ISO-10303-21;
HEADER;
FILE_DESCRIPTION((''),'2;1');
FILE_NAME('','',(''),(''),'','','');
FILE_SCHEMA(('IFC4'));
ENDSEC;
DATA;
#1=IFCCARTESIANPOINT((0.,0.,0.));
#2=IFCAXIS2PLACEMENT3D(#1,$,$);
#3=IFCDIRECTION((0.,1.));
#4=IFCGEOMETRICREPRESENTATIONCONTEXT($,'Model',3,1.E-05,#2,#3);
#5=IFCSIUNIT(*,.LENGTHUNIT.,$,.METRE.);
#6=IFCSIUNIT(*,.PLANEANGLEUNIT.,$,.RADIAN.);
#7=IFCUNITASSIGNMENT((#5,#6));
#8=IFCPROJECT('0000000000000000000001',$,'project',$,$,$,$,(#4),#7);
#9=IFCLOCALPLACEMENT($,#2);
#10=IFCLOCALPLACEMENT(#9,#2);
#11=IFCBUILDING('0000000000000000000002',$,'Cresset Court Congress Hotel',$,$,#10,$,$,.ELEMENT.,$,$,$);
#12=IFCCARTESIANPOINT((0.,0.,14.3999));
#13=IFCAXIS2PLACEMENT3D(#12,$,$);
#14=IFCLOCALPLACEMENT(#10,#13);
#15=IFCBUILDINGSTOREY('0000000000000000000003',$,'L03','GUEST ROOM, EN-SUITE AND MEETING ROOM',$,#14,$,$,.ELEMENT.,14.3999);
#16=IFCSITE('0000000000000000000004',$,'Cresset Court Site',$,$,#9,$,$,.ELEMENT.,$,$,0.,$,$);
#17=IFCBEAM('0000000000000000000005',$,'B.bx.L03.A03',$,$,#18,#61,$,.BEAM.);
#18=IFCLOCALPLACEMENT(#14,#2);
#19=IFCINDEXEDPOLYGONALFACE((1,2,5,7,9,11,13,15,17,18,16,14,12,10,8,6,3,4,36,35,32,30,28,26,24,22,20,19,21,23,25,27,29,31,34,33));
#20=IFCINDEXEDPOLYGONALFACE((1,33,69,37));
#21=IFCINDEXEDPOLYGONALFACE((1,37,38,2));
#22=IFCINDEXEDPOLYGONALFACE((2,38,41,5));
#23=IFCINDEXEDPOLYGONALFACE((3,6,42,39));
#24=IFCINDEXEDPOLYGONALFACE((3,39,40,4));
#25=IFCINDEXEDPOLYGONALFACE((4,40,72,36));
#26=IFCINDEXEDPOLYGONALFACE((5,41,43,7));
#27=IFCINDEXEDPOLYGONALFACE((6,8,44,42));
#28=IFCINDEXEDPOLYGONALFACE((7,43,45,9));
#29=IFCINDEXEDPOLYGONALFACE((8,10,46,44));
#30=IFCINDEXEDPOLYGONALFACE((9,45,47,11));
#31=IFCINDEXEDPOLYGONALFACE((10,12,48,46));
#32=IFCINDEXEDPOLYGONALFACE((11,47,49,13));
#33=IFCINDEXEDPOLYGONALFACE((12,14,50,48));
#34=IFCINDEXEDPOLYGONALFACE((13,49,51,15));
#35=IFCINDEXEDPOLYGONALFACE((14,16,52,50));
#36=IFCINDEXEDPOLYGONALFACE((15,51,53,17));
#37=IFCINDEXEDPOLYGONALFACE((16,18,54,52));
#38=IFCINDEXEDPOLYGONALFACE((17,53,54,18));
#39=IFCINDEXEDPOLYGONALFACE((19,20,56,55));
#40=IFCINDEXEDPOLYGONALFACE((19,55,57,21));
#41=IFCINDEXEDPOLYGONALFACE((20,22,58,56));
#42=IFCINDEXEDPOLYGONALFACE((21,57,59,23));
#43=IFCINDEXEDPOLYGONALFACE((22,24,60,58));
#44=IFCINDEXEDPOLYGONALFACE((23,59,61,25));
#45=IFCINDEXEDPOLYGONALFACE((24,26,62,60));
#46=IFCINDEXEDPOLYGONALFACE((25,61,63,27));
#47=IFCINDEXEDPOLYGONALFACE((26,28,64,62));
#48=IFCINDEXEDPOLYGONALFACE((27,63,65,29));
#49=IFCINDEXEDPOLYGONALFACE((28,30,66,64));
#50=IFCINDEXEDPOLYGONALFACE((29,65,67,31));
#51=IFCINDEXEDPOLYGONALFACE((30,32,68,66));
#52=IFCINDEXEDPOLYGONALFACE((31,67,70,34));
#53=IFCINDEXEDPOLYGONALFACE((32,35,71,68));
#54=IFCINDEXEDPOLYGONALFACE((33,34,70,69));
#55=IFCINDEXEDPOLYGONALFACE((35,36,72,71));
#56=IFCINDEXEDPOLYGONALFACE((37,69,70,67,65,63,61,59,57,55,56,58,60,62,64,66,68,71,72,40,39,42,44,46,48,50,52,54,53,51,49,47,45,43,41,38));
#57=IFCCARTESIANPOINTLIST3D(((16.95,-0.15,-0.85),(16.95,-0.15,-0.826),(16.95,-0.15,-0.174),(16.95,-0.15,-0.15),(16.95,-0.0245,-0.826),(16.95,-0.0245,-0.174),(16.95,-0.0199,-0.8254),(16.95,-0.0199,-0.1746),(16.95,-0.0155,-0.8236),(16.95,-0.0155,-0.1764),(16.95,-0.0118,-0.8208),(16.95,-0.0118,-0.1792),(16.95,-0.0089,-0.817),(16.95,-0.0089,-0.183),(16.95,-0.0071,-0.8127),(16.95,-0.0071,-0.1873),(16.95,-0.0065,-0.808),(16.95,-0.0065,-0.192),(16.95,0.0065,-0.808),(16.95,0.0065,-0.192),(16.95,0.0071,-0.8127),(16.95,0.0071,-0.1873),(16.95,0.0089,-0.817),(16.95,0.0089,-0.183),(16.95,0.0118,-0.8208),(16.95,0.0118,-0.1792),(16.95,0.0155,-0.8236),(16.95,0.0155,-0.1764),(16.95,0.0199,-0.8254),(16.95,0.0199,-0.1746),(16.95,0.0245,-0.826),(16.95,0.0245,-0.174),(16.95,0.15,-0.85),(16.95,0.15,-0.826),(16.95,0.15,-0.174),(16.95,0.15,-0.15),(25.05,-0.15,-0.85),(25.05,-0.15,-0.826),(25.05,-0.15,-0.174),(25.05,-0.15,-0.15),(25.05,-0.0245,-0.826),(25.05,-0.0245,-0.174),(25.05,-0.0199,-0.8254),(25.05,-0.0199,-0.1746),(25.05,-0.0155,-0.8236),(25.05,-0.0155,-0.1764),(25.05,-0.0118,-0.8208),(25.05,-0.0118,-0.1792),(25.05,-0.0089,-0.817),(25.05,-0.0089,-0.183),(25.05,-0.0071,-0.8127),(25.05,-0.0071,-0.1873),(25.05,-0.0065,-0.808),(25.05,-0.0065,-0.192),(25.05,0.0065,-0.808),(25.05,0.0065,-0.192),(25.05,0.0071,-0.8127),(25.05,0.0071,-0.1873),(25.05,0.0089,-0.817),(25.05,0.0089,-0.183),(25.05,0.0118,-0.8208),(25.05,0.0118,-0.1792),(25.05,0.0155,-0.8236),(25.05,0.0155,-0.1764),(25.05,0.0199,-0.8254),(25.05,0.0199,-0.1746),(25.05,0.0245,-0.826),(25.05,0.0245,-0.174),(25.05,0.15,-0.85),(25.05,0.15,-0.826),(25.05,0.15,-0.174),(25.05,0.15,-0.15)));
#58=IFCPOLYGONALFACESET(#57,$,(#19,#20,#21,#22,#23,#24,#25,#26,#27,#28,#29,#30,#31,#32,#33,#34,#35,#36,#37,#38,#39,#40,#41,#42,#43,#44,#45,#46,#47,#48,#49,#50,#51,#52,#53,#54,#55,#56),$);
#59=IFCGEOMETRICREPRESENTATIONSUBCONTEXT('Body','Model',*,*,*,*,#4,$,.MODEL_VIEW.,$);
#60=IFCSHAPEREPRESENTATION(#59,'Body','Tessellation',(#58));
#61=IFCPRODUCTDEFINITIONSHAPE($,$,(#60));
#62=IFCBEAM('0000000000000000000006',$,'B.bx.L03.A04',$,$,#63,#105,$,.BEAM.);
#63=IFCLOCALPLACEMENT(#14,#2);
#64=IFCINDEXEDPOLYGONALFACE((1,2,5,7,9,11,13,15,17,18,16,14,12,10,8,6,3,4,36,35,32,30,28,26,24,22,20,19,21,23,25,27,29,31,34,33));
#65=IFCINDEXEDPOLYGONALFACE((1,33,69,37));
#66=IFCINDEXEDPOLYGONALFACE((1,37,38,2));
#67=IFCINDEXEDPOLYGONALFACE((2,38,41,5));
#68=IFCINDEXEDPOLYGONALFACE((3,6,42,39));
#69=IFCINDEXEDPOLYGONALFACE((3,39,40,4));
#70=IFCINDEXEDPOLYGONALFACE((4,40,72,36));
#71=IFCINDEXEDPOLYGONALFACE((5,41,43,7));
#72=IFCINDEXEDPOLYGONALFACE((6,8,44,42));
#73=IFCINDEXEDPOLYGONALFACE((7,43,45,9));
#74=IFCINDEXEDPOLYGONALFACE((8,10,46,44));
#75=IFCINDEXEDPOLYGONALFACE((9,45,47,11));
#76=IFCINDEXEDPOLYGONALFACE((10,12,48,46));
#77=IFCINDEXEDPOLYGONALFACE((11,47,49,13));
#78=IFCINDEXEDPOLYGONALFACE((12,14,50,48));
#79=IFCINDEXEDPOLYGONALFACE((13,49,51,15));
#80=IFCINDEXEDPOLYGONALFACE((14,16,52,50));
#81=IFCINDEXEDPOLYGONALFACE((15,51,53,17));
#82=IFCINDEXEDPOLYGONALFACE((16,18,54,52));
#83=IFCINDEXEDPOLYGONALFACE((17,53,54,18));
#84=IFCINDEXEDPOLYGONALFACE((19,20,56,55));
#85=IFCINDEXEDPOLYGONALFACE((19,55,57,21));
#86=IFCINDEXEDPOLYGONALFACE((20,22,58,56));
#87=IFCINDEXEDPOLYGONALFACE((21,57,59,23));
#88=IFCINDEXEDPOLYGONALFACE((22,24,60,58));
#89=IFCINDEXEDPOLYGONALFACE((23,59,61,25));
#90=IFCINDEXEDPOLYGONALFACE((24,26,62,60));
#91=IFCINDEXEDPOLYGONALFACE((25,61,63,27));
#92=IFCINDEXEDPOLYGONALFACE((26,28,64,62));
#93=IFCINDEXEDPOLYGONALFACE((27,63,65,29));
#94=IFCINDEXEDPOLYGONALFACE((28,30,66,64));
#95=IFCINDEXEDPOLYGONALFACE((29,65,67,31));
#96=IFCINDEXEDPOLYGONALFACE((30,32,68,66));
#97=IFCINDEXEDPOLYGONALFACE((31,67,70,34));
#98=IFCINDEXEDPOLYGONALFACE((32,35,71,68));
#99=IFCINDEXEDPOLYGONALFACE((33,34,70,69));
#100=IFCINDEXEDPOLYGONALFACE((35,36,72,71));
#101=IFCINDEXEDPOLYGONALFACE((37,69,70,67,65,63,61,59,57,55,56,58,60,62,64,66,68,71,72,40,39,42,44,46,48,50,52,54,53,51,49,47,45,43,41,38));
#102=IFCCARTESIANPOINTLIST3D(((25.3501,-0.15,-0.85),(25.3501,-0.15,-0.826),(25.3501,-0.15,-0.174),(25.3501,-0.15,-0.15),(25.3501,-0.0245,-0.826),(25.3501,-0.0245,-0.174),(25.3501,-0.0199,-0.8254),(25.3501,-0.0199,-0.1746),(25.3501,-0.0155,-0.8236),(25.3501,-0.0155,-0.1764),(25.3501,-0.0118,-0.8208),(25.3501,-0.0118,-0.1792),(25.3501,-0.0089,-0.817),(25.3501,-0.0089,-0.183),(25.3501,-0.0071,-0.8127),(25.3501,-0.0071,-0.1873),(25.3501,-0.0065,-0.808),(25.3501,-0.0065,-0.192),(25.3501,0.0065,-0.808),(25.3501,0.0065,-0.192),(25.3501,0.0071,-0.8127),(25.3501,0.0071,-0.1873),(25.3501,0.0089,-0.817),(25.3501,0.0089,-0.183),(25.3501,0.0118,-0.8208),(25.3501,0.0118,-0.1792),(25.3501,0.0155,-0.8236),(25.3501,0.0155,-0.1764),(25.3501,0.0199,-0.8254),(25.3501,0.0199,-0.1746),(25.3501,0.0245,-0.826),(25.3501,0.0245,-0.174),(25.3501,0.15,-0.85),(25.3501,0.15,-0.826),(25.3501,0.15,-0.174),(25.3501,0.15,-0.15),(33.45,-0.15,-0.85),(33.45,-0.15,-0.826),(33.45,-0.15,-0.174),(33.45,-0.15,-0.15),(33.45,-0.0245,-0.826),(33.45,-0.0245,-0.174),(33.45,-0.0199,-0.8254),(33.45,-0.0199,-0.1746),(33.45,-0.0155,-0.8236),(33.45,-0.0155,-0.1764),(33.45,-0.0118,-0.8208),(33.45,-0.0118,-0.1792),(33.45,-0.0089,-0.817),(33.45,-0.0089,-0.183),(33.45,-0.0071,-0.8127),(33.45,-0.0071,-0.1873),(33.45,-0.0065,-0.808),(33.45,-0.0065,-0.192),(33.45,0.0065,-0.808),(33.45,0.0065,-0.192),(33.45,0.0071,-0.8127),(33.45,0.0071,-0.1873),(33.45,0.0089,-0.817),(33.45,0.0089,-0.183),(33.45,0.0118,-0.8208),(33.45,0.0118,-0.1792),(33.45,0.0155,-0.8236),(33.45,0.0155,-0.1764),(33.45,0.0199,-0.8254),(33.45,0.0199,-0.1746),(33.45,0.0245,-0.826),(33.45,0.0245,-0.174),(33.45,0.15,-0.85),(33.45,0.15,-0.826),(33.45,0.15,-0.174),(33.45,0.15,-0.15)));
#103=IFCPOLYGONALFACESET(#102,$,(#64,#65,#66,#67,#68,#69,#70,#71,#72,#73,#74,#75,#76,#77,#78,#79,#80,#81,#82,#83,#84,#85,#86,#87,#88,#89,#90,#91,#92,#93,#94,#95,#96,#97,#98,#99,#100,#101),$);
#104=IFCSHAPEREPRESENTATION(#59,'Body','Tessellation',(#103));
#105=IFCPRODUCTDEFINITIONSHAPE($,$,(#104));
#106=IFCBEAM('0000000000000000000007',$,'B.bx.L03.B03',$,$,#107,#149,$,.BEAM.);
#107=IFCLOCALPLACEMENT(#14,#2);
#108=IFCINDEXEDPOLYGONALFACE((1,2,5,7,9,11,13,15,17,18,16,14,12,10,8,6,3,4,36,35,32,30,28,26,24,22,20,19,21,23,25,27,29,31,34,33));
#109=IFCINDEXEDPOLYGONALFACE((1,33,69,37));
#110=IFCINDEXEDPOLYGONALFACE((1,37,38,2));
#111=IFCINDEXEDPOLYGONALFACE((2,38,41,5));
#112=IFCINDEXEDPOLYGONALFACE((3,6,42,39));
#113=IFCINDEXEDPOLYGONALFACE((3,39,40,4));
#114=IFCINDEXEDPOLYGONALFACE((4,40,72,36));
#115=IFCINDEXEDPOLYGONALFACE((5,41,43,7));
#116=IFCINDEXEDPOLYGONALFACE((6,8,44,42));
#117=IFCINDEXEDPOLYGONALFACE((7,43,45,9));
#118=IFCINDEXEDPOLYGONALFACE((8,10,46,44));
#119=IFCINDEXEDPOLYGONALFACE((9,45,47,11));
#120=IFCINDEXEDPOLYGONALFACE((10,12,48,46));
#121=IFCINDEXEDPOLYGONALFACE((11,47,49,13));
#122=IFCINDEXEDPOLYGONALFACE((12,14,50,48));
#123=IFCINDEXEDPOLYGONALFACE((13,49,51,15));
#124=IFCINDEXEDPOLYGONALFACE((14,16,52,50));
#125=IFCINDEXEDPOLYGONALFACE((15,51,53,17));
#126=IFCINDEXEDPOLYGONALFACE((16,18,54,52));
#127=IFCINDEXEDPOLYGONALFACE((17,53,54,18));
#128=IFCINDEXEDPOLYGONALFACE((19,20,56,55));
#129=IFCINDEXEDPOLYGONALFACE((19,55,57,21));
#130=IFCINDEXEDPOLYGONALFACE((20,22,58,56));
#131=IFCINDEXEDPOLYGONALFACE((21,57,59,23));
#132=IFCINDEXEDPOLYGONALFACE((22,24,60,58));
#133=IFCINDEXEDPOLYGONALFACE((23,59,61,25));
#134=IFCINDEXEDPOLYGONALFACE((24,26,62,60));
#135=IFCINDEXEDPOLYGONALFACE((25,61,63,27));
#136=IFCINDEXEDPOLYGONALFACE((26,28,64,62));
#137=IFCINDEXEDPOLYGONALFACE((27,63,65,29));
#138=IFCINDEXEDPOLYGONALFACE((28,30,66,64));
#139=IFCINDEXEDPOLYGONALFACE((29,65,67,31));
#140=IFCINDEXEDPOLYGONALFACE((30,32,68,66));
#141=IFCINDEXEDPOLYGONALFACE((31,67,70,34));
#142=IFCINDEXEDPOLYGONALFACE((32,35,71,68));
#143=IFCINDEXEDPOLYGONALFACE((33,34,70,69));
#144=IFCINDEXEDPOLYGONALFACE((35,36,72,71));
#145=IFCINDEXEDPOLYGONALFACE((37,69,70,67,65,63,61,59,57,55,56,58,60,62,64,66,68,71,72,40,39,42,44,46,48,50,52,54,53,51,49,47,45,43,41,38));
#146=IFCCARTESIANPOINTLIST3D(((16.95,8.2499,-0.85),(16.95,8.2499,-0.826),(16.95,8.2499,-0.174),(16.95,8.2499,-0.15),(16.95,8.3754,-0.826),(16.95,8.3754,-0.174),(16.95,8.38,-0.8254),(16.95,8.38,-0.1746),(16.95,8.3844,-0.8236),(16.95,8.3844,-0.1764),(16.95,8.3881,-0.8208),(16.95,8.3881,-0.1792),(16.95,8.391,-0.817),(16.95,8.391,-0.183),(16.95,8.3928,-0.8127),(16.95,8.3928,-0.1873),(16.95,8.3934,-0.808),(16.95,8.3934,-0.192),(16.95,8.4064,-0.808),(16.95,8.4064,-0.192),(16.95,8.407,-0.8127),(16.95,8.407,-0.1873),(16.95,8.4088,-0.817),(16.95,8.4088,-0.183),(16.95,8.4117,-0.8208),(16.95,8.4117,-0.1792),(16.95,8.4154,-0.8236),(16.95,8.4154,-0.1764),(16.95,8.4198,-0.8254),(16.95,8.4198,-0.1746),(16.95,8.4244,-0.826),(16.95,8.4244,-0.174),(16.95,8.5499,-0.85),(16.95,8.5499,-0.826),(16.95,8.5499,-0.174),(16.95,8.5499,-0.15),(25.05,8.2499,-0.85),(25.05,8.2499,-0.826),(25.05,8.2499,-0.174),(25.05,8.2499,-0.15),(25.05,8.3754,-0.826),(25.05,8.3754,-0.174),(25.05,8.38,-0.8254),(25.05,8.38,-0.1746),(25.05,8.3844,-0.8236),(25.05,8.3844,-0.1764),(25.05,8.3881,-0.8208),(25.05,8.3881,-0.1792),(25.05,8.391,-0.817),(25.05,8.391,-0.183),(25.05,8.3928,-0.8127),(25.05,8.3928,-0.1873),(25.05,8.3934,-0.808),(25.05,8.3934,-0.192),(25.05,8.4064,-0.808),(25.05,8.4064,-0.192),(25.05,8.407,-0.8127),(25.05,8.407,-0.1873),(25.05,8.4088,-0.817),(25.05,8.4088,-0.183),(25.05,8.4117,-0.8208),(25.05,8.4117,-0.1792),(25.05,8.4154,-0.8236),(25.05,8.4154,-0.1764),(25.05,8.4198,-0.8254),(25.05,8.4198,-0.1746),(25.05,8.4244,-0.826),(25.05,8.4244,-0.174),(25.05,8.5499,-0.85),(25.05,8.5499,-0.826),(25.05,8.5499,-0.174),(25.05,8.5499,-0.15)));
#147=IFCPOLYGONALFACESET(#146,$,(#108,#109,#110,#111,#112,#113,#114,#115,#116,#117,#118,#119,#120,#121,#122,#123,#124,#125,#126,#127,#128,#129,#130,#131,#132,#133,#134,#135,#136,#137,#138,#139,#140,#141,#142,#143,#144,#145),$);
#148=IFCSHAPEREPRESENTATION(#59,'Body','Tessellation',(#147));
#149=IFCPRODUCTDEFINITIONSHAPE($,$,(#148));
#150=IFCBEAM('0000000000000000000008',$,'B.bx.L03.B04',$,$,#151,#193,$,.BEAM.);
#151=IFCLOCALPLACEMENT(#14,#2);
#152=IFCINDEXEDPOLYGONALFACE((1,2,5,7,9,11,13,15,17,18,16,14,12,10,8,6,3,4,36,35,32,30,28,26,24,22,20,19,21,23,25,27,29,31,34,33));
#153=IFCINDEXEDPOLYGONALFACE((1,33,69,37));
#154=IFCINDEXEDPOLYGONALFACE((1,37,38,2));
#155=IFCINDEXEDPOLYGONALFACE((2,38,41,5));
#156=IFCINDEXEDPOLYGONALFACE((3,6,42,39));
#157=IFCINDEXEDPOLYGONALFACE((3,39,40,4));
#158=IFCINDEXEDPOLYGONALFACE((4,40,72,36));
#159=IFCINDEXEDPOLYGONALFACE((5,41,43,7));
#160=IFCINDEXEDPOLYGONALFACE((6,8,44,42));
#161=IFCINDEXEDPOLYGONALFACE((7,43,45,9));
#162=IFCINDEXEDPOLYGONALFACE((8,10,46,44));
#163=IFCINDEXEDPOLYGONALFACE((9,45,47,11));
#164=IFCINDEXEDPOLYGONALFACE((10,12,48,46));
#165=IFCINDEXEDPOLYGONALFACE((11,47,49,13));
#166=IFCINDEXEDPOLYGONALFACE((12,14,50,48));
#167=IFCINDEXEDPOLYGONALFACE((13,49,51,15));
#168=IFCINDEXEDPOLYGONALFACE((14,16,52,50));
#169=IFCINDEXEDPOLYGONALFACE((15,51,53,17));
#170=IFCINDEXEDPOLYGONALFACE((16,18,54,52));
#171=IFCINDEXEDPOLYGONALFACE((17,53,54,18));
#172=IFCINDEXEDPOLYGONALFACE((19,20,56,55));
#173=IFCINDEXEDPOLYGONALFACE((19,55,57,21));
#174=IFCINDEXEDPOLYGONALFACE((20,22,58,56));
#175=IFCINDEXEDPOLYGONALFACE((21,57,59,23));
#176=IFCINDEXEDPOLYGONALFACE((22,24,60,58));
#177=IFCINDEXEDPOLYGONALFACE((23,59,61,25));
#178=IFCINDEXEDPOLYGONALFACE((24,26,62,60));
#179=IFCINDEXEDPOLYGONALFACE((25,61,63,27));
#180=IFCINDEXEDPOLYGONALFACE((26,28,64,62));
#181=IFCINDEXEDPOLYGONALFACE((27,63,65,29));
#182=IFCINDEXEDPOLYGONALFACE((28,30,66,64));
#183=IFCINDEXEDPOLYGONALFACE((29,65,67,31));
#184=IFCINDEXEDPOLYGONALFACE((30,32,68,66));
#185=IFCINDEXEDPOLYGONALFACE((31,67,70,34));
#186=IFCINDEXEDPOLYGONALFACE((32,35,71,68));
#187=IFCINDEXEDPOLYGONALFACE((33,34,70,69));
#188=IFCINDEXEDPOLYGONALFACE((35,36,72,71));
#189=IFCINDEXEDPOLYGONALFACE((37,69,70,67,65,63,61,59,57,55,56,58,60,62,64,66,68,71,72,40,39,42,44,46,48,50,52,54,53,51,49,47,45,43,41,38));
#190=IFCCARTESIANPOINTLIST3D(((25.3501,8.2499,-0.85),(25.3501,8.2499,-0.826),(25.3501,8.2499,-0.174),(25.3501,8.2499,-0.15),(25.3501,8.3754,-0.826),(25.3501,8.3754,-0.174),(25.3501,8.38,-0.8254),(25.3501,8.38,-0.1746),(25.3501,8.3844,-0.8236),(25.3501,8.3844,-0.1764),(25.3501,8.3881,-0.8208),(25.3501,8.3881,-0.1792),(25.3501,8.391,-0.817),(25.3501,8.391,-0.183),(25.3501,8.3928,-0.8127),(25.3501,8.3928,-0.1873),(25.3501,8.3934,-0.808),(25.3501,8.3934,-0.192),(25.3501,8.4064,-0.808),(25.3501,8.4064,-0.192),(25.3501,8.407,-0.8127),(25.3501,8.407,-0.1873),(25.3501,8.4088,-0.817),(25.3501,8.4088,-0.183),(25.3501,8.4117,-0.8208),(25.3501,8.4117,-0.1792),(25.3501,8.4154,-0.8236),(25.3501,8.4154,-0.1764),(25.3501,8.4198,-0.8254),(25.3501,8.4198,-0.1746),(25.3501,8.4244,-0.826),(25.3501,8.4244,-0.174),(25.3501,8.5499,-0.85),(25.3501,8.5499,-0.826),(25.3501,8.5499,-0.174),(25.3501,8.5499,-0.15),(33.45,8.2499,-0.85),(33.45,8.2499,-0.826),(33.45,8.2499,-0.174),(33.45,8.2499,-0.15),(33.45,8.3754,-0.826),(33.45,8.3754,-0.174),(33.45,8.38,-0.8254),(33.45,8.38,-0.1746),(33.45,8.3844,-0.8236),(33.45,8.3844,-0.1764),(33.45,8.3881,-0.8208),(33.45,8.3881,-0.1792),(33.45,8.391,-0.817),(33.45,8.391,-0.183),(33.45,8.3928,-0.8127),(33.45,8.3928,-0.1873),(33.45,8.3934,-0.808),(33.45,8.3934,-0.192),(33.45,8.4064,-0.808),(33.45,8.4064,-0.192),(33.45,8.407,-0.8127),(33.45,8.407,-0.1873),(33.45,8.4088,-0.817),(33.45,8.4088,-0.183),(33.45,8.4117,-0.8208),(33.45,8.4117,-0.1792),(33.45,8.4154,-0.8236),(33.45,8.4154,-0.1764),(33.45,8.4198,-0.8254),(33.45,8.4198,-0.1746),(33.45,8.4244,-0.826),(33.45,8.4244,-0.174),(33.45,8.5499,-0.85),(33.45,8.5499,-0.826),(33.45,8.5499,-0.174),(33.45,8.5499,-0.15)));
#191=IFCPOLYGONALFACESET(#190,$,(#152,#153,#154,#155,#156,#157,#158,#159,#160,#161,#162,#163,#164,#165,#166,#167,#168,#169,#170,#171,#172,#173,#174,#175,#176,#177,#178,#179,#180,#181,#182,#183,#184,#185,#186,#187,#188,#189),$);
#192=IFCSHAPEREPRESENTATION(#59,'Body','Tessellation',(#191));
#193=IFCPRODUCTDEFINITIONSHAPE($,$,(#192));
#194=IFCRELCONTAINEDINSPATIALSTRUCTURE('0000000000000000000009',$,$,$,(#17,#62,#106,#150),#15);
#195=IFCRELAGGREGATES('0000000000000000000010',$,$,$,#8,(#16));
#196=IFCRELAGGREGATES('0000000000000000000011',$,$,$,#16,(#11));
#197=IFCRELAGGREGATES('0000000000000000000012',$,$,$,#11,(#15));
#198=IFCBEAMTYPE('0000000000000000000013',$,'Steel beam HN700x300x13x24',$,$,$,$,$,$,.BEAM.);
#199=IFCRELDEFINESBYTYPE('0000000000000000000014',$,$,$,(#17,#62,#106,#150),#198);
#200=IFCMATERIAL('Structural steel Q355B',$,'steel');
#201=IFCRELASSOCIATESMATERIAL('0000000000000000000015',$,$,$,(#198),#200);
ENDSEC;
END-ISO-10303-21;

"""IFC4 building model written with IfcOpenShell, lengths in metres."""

from ifc_helpers import new_model, si_unit, direction, frame, origin, origin_2d, place, context, subcontext, project, spatial, i_section, extrude, material, material_profile, profile_set, type_object, element, save


model = new_model("IFC4")

# Units and contexts
model_context = context("Model", 3, precision=1e-05, world=origin(), true_north=direction((0.0, 1.0)))
body_context = subcontext(model_context, "Body", "Model", "MODEL_VIEW")
ifc_project = project(units=[si_unit("LENGTHUNIT", "METRE"), si_unit("PLANEANGLEUNIT", "RADIAN")], contexts=[model_context])

# Site, building, storey
site_placement = place(None, origin())
site = spatial("IfcSite", under=ifc_project, at=site_placement, Name="Cresset Court Site", CompositionType="ELEMENT", RefElevation=0.0)
building_placement = place(site_placement, origin())
building = spatial("IfcBuilding", under=site, at=building_placement, Name="Cresset Court Congress Hotel", CompositionType="ELEMENT")
storey_placement = place(building_placement, frame((0.0, 0.0, 14.3999)))
storey = spatial("IfcBuildingStorey", under=building, at=storey_placement, Name="L03", Description="GUEST ROOM, EN-SUITE AND MEETING ROOM", CompositionType="ELEMENT", Elevation=14.3999)

# Beams
ifc_material_1 = material(Name="Structural steel Q355B", Category="steel")
ifc_material_profile_1 = material_profile(ifc_material_1, i_section(OverallWidth=0.3, OverallDepth=0.7, WebThickness=0.0129, FlangeThickness=0.0239, FilletRadius=0.0181, at=origin_2d()), Name="HN700x300x13x24")
ifc_profile_set_1 = profile_set([ifc_material_profile_1], Name="Structural steel Q355B")
beam_type_1 = type_object("IfcBeamType", Name="Steel beam HN700x300x13x24", PredefinedType="BEAM", material=ifc_profile_set_1)
beam_1_placement = place(storey_placement, frame((16.95, 0.0, -0.5), z_axis=(1.0, 0.0, 0.0), x_axis=(0.0, 1.0, 0.0)))
element("IfcBeam", 1, at=beam_1_placement, inside=storey, type_object=beam_type_1, Name="B.bx.L03.A03", PredefinedType="BEAM", context=body_context, shape_type="SweptSolid", body=[
    extrude(i_section(OverallWidth=0.3, OverallDepth=0.7, WebThickness=0.0129, FlangeThickness=0.0239, FilletRadius=0.0181, at=origin_2d()), origin(), (0.0, 0.0, 1.0), 8.1001),
])
beam_2_placement = place(storey_placement, frame((25.3501, 0.0, -0.5), z_axis=(1.0, 0.0, 0.0), x_axis=(0.0, 1.0, 0.0)))
element("IfcBeam", 2, at=beam_2_placement, inside=storey, type_object=beam_type_1, Name="B.bx.L03.A04", PredefinedType="BEAM", context=body_context, shape_type="SweptSolid", body=[
    extrude(i_section(OverallWidth=0.3, OverallDepth=0.7, WebThickness=0.0129, FlangeThickness=0.0239, FilletRadius=0.0181, at=origin_2d()), origin(), (0.0, 0.0, 1.0), 8.0999),
])
beam_3_placement = place(storey_placement, frame((16.95, 8.3999, -0.5), z_axis=(1.0, 0.0, 0.0), x_axis=(0.0, 1.0, 0.0)))
element("IfcBeam", 3, at=beam_3_placement, inside=storey, type_object=beam_type_1, Name="B.bx.L03.B03", PredefinedType="BEAM", context=body_context, shape_type="SweptSolid", body=[
    extrude(i_section(OverallWidth=0.3, OverallDepth=0.7, WebThickness=0.0129, FlangeThickness=0.0239, FilletRadius=0.0181, at=origin_2d()), origin(), (0.0, 0.0, 1.0), 8.1001),
])
beam_4_placement = place(storey_placement, frame((25.3501, 8.3999, -0.5), z_axis=(1.0, 0.0, 0.0), x_axis=(0.0, 1.0, 0.0)))
element("IfcBeam", 4, at=beam_4_placement, inside=storey, type_object=beam_type_1, Name="B.bx.L03.B04", PredefinedType="BEAM", context=body_context, shape_type="SweptSolid", body=[
    extrude(i_section(OverallWidth=0.3, OverallDepth=0.7, WebThickness=0.0129, FlangeThickness=0.0239, FilletRadius=0.0181, at=origin_2d()), origin(), (0.0, 0.0, 1.0), 8.0999),
])

save(model, "model.ifc")
